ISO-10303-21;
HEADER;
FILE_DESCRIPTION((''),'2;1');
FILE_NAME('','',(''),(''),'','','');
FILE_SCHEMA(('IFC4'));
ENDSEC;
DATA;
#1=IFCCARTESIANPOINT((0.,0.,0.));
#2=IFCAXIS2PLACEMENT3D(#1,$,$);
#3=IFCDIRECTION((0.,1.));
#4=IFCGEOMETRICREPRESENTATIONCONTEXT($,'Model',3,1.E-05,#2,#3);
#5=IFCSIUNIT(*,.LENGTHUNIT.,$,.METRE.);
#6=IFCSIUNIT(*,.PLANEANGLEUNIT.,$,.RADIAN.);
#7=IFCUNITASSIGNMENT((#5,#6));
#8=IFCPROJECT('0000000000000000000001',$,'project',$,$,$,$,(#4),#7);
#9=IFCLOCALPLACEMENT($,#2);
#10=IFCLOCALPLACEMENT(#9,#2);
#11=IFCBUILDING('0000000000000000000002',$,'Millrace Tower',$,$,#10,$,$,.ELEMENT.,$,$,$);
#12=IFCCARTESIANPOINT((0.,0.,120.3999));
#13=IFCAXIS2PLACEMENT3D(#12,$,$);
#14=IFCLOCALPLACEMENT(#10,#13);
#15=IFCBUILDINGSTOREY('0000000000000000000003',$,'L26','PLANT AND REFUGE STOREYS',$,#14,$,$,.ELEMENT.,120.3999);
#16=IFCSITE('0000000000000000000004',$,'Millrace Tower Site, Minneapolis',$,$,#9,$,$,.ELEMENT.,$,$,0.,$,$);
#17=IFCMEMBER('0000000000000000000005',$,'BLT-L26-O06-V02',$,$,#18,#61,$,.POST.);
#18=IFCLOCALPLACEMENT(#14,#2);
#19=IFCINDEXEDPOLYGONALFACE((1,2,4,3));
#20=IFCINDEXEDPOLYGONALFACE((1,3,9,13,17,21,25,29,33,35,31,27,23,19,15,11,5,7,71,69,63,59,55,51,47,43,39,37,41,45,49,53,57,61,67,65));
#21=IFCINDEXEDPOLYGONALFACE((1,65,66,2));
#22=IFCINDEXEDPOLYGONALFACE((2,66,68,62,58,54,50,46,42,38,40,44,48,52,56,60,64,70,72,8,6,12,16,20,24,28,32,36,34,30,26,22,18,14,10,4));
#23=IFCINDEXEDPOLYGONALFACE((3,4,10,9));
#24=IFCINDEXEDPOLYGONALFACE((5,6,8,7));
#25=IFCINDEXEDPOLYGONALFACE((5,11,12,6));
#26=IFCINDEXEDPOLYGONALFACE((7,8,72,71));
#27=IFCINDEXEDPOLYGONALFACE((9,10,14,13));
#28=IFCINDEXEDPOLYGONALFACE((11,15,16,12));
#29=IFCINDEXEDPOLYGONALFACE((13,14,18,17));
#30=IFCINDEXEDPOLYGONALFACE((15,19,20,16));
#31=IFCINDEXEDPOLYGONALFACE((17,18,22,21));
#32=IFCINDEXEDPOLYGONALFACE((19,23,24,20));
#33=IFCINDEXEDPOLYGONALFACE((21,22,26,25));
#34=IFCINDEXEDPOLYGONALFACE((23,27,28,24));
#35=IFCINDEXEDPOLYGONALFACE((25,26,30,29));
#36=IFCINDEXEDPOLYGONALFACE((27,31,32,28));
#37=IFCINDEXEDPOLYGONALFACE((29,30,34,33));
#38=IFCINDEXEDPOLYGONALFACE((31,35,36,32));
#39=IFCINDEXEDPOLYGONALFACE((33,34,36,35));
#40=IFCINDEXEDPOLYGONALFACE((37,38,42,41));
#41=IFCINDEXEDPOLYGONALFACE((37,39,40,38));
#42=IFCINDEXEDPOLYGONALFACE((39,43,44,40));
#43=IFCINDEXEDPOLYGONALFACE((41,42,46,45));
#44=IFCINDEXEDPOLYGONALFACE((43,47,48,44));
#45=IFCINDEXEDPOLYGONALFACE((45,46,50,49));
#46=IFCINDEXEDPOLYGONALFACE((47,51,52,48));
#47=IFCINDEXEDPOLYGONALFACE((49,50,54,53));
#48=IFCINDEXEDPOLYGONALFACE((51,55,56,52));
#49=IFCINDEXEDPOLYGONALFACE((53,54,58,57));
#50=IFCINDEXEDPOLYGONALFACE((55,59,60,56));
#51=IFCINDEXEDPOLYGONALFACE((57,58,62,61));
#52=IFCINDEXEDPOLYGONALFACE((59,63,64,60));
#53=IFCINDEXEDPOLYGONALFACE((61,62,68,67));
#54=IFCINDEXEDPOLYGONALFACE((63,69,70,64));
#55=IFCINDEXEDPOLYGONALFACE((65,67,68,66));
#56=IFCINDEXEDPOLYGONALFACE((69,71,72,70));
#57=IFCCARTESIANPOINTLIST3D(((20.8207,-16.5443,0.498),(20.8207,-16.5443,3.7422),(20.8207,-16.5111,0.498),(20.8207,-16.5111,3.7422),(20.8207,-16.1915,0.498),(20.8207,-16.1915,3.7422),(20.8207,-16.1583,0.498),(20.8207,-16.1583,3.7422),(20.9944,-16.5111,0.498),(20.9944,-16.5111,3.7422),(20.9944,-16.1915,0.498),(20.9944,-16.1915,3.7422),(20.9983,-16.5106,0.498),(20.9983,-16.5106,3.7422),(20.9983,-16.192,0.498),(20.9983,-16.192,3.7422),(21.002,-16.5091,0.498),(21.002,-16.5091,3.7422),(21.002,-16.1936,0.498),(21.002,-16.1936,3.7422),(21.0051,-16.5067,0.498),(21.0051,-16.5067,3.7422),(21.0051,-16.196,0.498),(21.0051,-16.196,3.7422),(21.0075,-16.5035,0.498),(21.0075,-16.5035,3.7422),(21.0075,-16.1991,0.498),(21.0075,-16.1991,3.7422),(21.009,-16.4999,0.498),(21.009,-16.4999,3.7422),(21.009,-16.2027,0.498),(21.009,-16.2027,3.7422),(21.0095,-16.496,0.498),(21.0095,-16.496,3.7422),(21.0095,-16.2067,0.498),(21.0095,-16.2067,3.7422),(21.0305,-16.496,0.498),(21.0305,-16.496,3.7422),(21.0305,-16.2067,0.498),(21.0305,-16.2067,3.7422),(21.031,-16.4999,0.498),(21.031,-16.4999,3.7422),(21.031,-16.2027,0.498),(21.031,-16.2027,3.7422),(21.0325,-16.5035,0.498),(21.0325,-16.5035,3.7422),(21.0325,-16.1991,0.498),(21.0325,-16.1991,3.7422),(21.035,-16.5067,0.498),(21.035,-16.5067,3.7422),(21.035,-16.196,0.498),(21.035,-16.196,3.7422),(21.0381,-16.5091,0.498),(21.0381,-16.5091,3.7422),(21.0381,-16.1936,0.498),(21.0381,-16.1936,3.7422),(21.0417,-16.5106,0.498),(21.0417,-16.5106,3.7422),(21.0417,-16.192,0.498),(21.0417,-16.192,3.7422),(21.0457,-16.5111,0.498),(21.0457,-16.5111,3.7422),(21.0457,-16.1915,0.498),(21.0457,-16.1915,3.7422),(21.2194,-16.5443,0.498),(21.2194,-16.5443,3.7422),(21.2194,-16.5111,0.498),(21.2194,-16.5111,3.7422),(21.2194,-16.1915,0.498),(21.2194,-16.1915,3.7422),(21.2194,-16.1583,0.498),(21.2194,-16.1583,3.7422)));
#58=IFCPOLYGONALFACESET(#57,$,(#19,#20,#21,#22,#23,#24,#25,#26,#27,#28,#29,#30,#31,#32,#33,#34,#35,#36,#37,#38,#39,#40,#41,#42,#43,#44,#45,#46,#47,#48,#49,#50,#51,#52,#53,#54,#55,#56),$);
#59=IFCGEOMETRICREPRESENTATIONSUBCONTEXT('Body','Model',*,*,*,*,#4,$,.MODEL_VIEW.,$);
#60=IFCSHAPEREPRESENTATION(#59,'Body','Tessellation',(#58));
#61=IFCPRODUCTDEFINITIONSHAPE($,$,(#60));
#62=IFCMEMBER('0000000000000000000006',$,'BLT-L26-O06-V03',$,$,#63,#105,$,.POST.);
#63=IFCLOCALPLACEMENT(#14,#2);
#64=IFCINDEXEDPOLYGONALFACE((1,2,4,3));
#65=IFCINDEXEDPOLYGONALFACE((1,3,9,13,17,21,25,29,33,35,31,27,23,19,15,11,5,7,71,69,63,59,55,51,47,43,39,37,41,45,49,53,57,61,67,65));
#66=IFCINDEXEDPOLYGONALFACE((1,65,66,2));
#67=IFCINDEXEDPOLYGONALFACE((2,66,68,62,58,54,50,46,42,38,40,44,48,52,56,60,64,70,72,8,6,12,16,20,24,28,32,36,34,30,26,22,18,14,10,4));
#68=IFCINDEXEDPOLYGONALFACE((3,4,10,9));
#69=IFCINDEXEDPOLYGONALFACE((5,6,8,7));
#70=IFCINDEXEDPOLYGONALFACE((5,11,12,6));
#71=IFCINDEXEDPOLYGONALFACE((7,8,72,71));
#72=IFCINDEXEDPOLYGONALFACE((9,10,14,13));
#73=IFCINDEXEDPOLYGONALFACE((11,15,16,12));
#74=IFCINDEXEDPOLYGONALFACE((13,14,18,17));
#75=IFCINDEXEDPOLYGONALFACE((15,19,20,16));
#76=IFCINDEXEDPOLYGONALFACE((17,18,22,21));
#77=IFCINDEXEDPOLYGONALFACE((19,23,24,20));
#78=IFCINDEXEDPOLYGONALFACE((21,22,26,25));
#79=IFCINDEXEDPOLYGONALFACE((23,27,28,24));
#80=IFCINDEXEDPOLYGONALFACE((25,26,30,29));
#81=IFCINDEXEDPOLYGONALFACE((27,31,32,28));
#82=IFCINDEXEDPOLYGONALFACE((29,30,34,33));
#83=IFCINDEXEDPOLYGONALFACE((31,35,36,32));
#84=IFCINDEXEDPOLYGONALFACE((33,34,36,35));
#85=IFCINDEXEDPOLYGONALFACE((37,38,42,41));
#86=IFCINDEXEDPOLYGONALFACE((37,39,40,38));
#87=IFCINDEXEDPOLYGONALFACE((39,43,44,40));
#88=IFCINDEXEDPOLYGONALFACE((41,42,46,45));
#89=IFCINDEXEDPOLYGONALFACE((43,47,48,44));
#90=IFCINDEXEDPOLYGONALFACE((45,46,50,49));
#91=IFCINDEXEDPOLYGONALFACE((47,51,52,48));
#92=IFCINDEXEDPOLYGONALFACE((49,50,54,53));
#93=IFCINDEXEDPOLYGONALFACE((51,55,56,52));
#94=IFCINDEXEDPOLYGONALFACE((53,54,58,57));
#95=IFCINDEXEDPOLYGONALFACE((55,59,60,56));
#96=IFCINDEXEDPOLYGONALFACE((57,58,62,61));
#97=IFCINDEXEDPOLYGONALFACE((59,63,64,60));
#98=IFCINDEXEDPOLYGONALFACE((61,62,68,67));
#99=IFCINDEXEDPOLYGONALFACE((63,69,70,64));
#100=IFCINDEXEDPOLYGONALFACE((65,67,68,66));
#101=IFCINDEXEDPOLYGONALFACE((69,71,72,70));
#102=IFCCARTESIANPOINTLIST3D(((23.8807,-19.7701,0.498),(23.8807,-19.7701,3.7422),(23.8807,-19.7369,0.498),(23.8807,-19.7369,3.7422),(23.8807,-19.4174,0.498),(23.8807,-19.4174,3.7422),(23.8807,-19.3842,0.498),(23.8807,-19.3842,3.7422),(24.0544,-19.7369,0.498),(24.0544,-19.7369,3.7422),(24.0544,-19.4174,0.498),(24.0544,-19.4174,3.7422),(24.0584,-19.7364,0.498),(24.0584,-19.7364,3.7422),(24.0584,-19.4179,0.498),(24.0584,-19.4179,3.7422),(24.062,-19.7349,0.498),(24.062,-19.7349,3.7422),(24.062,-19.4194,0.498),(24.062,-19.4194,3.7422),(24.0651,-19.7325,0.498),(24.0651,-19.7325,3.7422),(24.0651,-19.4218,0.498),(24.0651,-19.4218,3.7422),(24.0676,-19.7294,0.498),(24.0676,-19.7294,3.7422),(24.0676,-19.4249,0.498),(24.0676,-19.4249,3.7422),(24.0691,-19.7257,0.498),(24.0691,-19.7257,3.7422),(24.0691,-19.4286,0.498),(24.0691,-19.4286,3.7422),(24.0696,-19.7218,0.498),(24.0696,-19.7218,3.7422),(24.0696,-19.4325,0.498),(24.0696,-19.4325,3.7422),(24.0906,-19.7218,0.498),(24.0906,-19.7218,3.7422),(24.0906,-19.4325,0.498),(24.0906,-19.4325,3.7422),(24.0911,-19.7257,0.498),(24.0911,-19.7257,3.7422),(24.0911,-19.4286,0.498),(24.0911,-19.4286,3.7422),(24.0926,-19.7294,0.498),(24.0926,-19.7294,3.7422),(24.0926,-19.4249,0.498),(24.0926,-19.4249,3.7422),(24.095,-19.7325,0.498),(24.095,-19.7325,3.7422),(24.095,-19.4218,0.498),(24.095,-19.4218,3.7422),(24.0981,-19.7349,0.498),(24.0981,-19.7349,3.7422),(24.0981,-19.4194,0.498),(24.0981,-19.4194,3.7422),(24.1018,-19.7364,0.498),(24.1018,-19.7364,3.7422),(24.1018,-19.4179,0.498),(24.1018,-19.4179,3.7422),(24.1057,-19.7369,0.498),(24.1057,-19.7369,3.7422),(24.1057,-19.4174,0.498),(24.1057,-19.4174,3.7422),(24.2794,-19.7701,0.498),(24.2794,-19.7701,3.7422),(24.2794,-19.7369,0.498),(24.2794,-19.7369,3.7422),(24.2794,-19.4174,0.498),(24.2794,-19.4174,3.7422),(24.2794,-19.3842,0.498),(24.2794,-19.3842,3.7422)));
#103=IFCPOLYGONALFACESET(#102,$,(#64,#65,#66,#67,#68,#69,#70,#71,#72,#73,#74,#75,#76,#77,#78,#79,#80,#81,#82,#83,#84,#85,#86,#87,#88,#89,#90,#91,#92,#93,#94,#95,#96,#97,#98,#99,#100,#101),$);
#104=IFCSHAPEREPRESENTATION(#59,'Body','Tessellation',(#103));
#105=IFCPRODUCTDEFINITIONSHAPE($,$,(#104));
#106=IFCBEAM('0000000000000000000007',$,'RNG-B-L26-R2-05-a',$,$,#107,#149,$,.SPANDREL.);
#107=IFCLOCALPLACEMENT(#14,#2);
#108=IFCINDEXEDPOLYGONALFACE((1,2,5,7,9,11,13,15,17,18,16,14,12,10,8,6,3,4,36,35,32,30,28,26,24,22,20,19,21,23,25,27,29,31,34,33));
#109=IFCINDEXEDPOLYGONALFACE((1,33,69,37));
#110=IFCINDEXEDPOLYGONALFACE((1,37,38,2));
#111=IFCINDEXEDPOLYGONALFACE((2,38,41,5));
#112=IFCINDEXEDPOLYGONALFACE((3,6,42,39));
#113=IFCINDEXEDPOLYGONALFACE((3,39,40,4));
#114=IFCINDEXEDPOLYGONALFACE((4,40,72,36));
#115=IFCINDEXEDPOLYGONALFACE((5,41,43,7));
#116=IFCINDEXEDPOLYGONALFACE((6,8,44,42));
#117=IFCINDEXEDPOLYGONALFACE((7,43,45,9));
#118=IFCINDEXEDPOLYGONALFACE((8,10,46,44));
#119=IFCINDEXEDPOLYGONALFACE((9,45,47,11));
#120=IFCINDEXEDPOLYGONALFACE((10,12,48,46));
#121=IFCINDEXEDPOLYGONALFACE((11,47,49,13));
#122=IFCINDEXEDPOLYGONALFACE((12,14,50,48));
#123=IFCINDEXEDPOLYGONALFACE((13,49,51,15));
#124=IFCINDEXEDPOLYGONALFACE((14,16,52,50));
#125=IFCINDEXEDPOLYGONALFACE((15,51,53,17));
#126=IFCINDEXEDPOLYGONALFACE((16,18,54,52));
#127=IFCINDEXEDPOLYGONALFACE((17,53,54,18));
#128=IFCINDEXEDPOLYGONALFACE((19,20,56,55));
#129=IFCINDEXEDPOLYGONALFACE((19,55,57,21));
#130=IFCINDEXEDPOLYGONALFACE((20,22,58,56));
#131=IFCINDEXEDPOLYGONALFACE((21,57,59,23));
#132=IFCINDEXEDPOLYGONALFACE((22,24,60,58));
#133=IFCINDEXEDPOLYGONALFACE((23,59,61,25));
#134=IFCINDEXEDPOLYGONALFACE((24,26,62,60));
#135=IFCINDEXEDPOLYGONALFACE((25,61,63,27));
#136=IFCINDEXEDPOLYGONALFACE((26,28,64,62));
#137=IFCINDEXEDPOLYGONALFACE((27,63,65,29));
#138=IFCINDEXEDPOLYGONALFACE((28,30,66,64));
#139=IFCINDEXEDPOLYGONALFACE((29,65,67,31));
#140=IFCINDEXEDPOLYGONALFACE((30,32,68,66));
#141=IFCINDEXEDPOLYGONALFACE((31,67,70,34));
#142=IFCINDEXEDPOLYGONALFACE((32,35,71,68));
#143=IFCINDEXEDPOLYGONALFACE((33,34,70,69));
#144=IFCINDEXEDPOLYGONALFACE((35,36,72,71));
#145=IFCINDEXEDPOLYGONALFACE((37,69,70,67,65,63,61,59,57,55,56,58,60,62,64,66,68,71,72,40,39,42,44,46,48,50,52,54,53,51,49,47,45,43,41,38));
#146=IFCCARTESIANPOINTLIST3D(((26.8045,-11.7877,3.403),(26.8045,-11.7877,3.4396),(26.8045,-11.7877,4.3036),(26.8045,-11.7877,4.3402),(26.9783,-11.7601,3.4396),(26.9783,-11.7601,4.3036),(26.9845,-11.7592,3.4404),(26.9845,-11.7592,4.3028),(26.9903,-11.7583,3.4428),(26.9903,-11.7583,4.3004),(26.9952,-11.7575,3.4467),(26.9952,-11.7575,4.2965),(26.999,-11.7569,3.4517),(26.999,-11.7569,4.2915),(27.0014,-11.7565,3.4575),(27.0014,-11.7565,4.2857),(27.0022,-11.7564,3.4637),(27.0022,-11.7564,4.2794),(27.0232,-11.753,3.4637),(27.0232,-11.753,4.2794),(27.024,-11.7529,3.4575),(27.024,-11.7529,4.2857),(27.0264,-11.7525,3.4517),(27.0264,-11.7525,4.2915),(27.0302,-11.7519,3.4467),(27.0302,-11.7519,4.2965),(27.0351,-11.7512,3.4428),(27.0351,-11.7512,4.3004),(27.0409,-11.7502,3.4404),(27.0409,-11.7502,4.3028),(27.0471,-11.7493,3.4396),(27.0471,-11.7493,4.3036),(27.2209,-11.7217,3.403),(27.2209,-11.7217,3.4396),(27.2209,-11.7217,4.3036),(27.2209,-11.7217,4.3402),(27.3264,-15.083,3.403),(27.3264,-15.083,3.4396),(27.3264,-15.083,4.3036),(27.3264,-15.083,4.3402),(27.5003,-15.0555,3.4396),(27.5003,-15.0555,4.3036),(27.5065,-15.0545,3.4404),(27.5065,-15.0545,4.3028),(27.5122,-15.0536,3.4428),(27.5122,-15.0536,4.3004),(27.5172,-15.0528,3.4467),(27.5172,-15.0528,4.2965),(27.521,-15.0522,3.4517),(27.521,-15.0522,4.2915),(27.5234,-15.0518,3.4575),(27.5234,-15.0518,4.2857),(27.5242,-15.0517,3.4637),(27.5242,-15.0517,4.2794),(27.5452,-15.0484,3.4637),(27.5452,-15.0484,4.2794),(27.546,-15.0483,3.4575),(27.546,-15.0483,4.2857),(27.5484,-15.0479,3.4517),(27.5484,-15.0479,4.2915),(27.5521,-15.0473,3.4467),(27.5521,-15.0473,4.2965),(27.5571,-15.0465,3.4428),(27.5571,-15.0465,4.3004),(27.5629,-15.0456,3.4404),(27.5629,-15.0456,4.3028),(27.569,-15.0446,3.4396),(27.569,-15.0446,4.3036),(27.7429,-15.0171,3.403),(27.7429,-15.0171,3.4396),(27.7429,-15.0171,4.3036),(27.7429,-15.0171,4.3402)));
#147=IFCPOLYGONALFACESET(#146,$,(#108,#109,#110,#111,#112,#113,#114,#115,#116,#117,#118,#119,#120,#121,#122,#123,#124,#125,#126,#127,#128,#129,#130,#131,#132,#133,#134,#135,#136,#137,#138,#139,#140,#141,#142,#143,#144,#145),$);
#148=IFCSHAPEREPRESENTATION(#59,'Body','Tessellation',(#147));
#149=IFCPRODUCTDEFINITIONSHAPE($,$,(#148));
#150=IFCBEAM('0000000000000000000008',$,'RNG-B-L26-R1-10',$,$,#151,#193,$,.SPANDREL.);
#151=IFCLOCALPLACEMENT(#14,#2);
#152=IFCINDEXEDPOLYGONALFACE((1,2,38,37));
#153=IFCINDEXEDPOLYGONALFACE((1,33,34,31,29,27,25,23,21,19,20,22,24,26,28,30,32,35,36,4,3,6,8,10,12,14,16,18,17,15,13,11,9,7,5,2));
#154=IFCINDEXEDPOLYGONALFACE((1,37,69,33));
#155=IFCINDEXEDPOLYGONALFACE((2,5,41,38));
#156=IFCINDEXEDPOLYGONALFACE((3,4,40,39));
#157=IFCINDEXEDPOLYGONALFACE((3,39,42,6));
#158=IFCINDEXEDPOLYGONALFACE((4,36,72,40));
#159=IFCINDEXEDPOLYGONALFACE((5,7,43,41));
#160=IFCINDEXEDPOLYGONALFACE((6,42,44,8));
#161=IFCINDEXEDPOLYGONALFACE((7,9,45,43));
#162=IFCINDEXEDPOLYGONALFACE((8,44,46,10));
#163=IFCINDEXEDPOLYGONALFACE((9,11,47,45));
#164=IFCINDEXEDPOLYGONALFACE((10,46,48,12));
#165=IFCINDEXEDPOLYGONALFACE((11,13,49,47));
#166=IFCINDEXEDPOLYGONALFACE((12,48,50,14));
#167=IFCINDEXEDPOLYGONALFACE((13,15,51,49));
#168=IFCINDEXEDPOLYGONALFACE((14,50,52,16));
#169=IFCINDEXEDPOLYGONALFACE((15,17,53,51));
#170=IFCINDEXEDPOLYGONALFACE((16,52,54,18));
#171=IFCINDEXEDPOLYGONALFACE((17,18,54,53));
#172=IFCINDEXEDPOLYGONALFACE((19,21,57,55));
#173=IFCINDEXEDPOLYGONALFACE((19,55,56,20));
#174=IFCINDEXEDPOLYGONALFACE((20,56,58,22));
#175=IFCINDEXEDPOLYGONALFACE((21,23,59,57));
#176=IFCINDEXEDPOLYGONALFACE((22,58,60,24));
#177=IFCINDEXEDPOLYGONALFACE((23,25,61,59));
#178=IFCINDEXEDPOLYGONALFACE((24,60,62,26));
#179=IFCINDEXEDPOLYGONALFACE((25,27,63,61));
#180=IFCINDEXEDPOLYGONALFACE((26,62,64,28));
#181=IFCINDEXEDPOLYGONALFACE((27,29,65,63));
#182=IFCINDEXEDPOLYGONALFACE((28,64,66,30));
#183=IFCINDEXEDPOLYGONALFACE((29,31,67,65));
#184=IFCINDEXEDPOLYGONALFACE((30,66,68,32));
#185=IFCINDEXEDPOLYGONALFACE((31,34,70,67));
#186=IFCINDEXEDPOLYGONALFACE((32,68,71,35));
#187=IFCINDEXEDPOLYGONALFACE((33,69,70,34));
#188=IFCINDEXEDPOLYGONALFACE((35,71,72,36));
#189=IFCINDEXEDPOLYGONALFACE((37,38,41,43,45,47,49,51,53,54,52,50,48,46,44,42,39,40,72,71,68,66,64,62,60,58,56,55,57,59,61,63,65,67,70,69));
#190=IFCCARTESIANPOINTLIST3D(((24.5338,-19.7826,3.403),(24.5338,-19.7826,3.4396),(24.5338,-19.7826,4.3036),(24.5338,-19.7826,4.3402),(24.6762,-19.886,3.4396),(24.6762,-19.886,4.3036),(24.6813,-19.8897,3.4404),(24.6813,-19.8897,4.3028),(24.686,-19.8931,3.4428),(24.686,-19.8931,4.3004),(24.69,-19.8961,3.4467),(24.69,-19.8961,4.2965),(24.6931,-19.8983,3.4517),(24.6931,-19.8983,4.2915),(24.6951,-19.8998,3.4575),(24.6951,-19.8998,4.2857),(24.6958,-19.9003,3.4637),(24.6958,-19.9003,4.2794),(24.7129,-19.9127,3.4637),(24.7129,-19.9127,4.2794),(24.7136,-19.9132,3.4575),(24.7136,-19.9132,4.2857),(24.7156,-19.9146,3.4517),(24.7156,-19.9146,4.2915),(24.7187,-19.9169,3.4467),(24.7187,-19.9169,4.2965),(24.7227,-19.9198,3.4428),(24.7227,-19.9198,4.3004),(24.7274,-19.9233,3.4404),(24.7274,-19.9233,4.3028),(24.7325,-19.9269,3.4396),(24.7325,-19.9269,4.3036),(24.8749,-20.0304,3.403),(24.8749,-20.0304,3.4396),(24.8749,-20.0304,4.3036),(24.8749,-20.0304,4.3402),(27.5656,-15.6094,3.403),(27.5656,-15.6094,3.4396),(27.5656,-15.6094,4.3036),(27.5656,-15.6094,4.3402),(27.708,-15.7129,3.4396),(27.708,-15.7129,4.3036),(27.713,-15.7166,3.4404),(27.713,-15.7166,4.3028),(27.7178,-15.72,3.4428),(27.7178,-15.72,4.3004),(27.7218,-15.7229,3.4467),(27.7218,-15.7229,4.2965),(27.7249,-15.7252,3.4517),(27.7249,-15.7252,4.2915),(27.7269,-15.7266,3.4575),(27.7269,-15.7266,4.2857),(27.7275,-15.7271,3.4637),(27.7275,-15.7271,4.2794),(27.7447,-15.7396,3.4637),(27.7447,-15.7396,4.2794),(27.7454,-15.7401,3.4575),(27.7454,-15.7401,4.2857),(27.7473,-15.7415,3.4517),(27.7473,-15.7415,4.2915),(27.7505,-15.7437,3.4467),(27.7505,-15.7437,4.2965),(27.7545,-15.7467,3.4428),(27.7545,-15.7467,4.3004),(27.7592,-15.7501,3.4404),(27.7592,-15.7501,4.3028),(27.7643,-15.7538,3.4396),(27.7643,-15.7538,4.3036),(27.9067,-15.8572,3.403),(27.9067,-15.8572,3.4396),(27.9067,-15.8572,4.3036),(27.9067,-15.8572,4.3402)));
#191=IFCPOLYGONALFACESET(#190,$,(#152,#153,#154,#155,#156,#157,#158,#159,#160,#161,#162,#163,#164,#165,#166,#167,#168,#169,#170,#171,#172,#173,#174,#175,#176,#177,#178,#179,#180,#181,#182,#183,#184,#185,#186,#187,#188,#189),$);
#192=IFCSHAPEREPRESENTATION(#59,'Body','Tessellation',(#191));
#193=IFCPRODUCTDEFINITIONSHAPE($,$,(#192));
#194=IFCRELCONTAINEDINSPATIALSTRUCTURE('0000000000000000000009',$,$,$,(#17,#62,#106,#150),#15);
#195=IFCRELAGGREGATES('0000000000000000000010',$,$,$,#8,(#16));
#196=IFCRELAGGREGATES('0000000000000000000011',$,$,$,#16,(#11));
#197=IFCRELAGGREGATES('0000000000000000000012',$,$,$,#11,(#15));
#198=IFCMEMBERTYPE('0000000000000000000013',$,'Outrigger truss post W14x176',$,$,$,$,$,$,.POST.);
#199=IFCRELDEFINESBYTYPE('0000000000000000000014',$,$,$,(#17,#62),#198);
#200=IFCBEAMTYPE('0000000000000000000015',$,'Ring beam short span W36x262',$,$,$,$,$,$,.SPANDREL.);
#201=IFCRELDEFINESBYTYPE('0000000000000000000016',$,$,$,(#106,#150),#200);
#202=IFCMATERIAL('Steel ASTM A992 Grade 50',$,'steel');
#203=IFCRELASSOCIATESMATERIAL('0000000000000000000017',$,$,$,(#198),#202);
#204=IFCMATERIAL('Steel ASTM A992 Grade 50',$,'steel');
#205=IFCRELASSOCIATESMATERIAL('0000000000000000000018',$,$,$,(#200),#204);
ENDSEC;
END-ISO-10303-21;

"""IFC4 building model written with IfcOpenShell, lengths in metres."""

from ifc_helpers import new_model, si_unit, direction, frame, origin, origin_2d, place, context, subcontext, project, spatial, i_section, extrude, material, material_profile, profile_set, type_object, element, save


model = new_model("IFC4")

# Units and contexts
model_context = context("Model", 3, precision=1e-05, world=origin(), true_north=direction((0.0, 1.0)))
body_context = subcontext(model_context, "Body", "Model", "MODEL_VIEW")
ifc_project = project(units=[si_unit("LENGTHUNIT", "METRE"), si_unit("PLANEANGLEUNIT", "RADIAN")], contexts=[model_context])

# Site, building, storey
site_placement = place(None, origin())
site = spatial("IfcSite", under=ifc_project, at=site_placement, Name="Millrace Tower Site, Minneapolis", CompositionType="ELEMENT", RefElevation=0.0)
building_placement = place(site_placement, origin())
building = spatial("IfcBuilding", under=site, at=building_placement, Name="Millrace Tower", CompositionType="ELEMENT")
storey_placement = place(building_placement, frame((0.0, 0.0, 120.3999)))
storey = spatial("IfcBuildingStorey", under=building, at=storey_placement, Name="L26", Description="PLANT AND REFUGE STOREYS", CompositionType="ELEMENT", Elevation=120.3999)

# Members
ifc_material_1 = material(Name="Steel ASTM A992 Grade 50", Category="steel")
ifc_material_profile_1 = material_profile(ifc_material_1, i_section(OverallWidth=0.3987, OverallDepth=0.386, WebThickness=0.021, FlangeThickness=0.0332, FilletRadius=0.0151, at=origin_2d()))
ifc_profile_set_1 = profile_set([ifc_material_profile_1], Name="Steel ASTM A992 Grade 50")
member_type_1 = type_object("IfcMemberType", Name="Outrigger truss post W14x176", PredefinedType="POST", material=ifc_profile_set_1)
for number, where, z_axis, x_axis, name in (
    (1, (21.02, -16.3513, 0.498), (0.0, 0.0, 1.0), (1.0, 0.0, 0.0), "BLT-L26-O06-V02"),
    (2, (24.0801, -19.5771, 0.498), (0.0, 0.0, 1.0), (1.0, 0.0, 0.0), "BLT-L26-O06-V03"),
):
    element("IfcMember", number, at=place(storey_placement, frame(where, z_axis=z_axis, x_axis=x_axis)), inside=storey, type_object=member_type_1, Name=name, PredefinedType="POST", context=body_context, shape_type="SweptSolid", body=[
        extrude(i_section(OverallWidth=0.3987, OverallDepth=0.386, WebThickness=0.021, FlangeThickness=0.0332, FilletRadius=0.0151, at=origin_2d()), origin(), (0.0, 0.0, 1.0), 3.2441),
    ])

# Beams
ifc_material_2 = material(Name="Steel ASTM A992 Grade 50", Category="steel")
ifc_material_profile_2 = material_profile(ifc_material_2, i_section(OverallWidth=0.4216, OverallDepth=0.9373, WebThickness=0.0212, FlangeThickness=0.0366, FilletRadius=0.0242, at=origin_2d()))
ifc_profile_set_2 = profile_set([ifc_material_profile_2], Name="Steel ASTM A992 Grade 50")
beam_type_1 = type_object("IfcBeamType", Name="Ring beam short span W36x262", PredefinedType="SPANDREL", material=ifc_profile_set_2)
beam_1_placement = place(storey_placement, frame((27.5347, -15.05, 3.8716), z_axis=(-0.156444, 0.987687, 0.0), x_axis=(-0.987687, -0.156444, 0.0)))
element("IfcBeam", 3, at=beam_1_placement, inside=storey, type_object=beam_type_1, Name="RNG-B-L26-R2-05-a", PredefinedType="SPANDREL", context=body_context, shape_type="SweptSolid", body=[
    extrude(i_section(OverallWidth=0.4216, OverallDepth=0.9373, WebThickness=0.0212, FlangeThickness=0.0366, FilletRadius=0.0242, at=origin_2d()), origin(), (0.0, 0.0, 1.0), 3.3364),
])
beam_2_placement = place(storey_placement, frame((24.7043, -19.9065, 3.8716), z_axis=(0.587761, 0.809035, 0.0), x_axis=(-0.809035, 0.587761, 0.0)))
element("IfcBeam", 4, at=beam_2_placement, inside=storey, type_object=beam_type_1, Name="RNG-B-L26-R1-10", PredefinedType="SPANDREL", context=body_context, shape_type="SweptSolid", body=[
    extrude(i_section(OverallWidth=0.4216, OverallDepth=0.9373, WebThickness=0.0212, FlangeThickness=0.0366, FilletRadius=0.0242, at=origin_2d()), origin(), (0.0, 0.0, 1.0), 5.1582),
])

save(model, "model.ifc")
